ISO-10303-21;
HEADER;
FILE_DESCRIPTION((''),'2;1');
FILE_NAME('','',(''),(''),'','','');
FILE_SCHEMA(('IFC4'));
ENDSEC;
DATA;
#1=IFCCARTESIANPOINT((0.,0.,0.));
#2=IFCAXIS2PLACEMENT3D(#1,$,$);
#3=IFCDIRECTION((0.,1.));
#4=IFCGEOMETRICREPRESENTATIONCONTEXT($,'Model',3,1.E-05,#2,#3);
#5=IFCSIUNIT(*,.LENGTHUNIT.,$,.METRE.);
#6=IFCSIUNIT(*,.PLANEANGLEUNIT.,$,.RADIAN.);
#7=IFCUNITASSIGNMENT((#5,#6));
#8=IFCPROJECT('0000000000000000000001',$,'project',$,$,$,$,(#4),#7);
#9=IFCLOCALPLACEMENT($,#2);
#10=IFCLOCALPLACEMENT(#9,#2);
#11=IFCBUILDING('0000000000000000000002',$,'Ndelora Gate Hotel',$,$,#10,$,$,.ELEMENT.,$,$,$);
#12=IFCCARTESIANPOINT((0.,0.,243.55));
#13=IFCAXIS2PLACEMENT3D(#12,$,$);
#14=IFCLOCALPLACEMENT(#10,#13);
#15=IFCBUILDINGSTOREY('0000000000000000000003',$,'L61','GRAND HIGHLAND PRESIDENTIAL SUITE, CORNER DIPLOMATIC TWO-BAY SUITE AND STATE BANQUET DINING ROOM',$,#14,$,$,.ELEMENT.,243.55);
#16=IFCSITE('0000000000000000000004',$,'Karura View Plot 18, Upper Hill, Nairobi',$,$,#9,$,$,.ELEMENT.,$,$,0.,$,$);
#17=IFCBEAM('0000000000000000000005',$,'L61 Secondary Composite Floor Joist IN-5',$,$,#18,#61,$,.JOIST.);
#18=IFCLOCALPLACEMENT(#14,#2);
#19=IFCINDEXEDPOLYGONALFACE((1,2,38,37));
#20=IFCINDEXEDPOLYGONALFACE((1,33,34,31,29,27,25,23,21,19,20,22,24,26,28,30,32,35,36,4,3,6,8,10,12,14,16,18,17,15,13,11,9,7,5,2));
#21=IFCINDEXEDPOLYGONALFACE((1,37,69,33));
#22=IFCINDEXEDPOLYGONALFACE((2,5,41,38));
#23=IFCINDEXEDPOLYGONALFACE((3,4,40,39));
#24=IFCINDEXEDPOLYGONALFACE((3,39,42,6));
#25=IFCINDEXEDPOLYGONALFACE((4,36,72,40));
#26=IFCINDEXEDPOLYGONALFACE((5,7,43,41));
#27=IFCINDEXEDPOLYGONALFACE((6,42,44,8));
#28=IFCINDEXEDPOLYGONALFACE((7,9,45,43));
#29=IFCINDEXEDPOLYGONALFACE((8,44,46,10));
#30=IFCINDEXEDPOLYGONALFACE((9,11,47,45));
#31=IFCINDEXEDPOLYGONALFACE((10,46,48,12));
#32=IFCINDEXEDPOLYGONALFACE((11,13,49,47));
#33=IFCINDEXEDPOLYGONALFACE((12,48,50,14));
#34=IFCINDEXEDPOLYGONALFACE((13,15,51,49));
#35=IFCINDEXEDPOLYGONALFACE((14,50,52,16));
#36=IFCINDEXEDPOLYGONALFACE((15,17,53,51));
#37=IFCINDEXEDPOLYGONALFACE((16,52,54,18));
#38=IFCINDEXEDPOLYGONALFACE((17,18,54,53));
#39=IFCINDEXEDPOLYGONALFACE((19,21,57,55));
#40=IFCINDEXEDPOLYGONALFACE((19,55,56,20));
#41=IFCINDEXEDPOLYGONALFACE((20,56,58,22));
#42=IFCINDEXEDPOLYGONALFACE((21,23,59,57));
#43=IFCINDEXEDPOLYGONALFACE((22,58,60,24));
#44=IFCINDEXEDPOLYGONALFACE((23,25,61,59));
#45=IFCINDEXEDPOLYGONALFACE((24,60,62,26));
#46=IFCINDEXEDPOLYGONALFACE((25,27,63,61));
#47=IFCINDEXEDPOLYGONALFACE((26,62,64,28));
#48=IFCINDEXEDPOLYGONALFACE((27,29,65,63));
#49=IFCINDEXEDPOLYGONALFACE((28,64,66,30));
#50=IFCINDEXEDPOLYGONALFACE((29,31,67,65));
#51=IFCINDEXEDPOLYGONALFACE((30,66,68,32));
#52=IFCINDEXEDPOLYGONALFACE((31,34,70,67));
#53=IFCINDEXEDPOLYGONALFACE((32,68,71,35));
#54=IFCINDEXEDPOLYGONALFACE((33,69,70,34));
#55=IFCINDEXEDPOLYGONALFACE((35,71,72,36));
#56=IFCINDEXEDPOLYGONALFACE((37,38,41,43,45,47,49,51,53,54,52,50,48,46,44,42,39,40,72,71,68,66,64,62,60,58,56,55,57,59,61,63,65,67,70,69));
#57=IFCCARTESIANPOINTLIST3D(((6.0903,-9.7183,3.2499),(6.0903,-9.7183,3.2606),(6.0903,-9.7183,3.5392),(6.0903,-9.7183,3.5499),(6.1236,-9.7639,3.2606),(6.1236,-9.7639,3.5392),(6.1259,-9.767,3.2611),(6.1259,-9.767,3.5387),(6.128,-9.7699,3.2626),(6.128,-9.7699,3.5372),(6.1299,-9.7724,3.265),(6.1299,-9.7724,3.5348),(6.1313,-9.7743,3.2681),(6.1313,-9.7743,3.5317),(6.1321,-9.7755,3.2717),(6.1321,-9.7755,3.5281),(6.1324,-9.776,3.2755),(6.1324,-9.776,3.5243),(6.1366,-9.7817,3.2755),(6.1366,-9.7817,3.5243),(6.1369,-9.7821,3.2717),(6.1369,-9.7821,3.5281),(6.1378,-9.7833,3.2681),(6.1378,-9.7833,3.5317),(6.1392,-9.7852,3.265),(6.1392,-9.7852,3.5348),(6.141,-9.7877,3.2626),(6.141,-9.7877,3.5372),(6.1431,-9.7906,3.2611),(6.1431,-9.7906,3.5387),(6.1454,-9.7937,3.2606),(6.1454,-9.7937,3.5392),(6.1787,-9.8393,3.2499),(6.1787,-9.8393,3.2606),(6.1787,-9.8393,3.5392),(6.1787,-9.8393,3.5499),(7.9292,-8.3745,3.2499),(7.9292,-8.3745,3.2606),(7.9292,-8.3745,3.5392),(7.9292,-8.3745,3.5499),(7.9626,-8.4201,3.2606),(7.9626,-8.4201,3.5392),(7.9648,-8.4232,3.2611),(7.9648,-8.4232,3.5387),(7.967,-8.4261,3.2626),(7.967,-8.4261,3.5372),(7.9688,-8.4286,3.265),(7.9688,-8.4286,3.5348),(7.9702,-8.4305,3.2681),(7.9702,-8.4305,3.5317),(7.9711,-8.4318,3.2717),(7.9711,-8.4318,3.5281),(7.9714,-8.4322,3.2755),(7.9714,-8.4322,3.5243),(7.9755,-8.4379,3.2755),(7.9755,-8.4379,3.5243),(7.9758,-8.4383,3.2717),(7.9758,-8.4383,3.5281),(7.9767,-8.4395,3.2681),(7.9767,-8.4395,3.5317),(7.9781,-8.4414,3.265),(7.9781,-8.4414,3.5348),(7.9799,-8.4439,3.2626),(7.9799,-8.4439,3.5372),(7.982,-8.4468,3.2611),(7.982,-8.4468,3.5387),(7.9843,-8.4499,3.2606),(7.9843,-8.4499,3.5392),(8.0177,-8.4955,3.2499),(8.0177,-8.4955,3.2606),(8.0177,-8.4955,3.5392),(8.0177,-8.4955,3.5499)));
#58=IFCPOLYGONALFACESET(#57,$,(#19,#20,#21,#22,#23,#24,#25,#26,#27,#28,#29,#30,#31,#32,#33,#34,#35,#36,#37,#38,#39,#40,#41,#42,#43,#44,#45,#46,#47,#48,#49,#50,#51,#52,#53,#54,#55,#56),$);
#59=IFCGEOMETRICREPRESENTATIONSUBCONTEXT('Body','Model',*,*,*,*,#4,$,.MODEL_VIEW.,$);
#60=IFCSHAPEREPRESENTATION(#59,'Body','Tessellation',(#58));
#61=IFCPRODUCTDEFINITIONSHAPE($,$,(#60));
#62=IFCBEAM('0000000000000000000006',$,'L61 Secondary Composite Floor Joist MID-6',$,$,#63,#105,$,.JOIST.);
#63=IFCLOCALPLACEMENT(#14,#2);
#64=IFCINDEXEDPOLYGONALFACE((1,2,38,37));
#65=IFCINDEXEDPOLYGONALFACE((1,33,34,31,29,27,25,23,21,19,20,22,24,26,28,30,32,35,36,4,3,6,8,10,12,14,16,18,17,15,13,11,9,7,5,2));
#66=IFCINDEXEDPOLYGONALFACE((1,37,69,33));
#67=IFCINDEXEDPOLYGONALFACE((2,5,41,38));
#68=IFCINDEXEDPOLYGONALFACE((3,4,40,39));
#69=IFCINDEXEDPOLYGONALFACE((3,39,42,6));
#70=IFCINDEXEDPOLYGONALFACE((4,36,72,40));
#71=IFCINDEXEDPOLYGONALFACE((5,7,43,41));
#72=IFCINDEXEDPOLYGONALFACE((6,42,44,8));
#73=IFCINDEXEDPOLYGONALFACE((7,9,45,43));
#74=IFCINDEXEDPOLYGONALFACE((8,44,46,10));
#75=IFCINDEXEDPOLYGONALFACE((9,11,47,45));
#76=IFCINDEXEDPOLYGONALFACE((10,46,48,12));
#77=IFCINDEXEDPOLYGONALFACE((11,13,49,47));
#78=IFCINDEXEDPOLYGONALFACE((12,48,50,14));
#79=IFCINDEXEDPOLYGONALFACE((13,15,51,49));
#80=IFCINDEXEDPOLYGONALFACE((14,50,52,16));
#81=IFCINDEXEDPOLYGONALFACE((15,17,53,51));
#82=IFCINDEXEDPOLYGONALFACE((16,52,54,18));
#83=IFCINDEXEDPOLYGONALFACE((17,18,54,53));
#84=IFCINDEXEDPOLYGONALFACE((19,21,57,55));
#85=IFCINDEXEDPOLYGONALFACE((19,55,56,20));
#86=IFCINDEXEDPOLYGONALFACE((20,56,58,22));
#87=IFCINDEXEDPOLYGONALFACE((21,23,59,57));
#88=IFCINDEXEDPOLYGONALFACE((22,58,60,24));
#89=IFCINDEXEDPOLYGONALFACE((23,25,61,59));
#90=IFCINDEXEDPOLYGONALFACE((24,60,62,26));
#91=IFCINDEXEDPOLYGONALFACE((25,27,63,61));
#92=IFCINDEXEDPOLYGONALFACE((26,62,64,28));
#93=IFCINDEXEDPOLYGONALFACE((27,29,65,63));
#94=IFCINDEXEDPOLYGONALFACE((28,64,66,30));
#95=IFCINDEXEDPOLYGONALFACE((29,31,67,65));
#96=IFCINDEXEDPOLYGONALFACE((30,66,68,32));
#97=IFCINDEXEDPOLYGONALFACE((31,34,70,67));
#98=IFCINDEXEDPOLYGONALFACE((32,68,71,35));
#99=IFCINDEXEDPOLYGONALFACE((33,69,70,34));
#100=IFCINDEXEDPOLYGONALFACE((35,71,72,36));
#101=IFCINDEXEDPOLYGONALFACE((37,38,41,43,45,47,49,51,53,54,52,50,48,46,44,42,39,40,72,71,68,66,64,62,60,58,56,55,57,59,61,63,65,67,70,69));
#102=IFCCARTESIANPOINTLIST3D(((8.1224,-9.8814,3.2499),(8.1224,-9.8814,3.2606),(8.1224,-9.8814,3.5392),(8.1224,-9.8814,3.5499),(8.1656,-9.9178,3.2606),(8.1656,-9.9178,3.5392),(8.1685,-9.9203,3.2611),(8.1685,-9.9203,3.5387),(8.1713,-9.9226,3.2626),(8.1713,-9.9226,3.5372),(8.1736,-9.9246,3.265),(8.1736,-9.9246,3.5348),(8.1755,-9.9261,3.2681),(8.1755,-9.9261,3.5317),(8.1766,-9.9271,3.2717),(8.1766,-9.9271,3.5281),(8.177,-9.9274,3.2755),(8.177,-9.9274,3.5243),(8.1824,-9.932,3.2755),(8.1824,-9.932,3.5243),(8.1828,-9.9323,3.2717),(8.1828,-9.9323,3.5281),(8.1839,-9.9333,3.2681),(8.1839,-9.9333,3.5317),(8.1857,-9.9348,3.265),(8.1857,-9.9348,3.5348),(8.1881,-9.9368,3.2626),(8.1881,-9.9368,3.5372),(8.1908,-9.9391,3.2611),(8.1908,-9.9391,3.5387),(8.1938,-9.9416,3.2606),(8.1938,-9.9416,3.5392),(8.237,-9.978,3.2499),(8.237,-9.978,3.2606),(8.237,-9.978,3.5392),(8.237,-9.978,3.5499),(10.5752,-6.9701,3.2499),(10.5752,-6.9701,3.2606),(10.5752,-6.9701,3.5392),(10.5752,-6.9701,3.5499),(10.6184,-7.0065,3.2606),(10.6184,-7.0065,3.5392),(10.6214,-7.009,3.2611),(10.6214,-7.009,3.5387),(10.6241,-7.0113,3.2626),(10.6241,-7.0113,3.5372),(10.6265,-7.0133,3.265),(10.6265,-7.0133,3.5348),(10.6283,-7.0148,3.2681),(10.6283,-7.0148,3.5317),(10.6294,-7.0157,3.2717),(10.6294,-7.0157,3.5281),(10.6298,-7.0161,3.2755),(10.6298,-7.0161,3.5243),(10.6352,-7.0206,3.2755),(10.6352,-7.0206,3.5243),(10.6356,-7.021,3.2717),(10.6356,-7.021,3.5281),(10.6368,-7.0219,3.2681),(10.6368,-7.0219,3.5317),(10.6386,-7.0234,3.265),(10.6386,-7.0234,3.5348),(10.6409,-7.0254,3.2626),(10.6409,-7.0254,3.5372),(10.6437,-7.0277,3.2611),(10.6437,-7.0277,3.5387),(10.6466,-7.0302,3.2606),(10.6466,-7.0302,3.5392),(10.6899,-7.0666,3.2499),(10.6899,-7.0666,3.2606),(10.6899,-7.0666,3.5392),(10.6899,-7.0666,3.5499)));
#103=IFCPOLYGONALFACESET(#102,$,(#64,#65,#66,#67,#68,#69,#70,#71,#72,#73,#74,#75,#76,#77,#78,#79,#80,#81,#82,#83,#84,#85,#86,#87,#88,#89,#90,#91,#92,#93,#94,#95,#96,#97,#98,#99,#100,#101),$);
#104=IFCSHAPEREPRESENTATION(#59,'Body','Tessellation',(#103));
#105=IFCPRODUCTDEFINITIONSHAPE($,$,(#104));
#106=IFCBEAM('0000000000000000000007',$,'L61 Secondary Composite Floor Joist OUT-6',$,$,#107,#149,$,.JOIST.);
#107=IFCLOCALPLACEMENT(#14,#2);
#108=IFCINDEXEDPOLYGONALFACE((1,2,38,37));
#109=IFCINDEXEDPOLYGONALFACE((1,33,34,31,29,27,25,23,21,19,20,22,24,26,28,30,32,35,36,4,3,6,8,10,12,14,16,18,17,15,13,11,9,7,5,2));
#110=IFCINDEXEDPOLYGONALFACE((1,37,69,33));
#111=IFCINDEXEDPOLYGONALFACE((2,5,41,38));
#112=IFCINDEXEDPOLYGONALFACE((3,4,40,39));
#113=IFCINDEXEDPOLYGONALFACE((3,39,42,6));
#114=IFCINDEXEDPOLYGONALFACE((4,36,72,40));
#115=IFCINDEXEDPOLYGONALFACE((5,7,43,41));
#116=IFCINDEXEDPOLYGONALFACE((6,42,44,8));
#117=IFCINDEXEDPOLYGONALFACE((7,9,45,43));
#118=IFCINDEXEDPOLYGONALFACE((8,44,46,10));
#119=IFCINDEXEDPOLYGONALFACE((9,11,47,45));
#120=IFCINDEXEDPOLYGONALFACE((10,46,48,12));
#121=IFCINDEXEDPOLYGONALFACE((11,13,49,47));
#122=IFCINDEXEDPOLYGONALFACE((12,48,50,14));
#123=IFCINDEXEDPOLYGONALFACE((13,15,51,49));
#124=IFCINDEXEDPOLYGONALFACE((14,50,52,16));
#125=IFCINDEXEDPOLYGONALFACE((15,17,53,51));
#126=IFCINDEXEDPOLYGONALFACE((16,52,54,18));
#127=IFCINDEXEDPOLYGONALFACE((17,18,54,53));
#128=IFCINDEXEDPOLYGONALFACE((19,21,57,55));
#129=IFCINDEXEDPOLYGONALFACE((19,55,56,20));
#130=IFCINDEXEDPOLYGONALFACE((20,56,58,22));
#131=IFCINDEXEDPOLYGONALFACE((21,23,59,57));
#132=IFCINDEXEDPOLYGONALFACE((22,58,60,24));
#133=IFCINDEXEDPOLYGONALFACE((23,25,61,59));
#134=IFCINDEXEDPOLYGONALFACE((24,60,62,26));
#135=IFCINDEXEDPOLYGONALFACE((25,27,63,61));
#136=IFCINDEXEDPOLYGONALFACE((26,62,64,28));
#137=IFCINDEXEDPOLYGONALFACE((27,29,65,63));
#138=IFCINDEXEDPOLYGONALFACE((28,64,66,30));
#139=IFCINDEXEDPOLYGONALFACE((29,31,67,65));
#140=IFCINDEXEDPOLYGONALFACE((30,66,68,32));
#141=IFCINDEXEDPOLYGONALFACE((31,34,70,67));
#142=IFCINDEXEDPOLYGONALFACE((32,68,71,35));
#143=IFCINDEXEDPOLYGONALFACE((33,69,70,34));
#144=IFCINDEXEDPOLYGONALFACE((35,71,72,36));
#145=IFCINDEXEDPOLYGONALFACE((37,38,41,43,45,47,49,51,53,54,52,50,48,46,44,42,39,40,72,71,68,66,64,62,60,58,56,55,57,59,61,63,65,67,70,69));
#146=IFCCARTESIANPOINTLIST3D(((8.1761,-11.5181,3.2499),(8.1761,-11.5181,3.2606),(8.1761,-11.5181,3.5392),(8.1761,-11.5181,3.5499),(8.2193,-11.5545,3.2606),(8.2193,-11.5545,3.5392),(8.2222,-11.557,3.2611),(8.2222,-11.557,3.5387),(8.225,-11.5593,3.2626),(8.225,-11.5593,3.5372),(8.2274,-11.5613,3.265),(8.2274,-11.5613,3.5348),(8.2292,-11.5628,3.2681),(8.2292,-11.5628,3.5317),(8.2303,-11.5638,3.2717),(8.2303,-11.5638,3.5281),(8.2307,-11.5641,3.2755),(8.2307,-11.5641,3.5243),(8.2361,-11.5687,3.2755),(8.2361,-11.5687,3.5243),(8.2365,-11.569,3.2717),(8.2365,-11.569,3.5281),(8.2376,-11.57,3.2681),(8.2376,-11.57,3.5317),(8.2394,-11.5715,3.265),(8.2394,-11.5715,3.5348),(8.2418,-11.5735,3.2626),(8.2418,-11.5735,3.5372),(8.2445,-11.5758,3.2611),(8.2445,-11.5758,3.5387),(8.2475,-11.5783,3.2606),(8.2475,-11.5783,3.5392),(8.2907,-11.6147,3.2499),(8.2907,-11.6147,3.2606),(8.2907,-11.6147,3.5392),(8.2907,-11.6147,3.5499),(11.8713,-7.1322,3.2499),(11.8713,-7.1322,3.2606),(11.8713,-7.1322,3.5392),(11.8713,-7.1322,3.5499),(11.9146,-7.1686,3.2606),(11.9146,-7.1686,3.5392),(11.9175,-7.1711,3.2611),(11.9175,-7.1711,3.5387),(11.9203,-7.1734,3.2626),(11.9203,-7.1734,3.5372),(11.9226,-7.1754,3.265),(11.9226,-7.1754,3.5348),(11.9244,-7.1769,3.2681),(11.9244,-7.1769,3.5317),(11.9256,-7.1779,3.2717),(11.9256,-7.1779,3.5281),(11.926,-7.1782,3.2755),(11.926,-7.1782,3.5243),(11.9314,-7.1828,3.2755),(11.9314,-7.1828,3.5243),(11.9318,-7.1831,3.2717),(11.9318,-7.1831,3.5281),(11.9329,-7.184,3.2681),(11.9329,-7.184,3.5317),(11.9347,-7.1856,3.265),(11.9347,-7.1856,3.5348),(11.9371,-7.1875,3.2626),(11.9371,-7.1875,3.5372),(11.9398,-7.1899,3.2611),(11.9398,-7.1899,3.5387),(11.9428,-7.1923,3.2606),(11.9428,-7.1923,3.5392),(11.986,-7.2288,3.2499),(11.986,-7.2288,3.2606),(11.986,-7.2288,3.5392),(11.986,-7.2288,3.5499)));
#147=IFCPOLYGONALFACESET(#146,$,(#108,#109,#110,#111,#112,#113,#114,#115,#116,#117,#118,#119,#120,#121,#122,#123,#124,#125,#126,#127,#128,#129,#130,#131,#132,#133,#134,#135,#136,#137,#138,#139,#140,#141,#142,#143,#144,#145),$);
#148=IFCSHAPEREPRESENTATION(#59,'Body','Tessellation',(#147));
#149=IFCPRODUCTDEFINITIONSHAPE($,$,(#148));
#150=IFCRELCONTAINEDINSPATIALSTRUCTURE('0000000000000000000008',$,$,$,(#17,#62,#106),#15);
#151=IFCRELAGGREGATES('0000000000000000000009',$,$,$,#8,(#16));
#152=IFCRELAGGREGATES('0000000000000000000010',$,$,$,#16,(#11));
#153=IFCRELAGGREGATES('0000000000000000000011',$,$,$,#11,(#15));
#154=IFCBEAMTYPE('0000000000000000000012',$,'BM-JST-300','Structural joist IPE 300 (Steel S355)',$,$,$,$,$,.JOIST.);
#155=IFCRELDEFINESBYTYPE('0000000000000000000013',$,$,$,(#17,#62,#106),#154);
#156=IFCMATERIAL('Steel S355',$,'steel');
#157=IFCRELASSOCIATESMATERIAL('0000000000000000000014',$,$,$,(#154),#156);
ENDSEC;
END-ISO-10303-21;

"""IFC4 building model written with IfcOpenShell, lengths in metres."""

from ifc_helpers import new_model, si_unit, direction, frame, origin, origin_2d, place, context, subcontext, project, spatial, i_section, extrude, material, material_profile, profile_set, type_object, element, save


model = new_model("IFC4")

# Units and contexts
model_context = context("Model", 3, precision=1e-05, world=origin(), true_north=direction((0.0, 1.0)))
body_context = subcontext(model_context, "Body", "Model", "MODEL_VIEW")
ifc_project = project(units=[si_unit("LENGTHUNIT", "METRE"), si_unit("PLANEANGLEUNIT", "RADIAN")], contexts=[model_context])

# Site, building, storey
site_placement = place(None, origin())
site = spatial("IfcSite", under=ifc_project, at=site_placement, Name="Karura View Plot 18, Upper Hill, Nairobi", CompositionType="ELEMENT", RefElevation=0.0)
building_placement = place(site_placement, origin())
building = spatial("IfcBuilding", under=site, at=building_placement, Name="Ndelora Gate Hotel", CompositionType="ELEMENT")
storey_placement = place(building_placement, frame((0.0, 0.0, 243.55)))
storey = spatial("IfcBuildingStorey", under=building, at=storey_placement, Name="L61", Description="GRAND HIGHLAND PRESIDENTIAL SUITE, CORNER DIPLOMATIC TWO-BAY SUITE AND STATE BANQUET DINING ROOM", CompositionType="ELEMENT", Elevation=243.55)

# Beams
ifc_material_1 = material(Name="Steel S355", Category="steel")
ifc_material_profile_1 = material_profile(ifc_material_1, i_section(OverallWidth=0.1499, OverallDepth=0.3, WebThickness=0.0071, FlangeThickness=0.0107, FilletRadius=0.0149, at=origin_2d()), Name="IPE 300")
ifc_profile_set_1 = profile_set([ifc_material_profile_1], Name="Steel S355")
beam_type = type_object("IfcBeamType", Name="BM-JST-300", Description="Structural joist IPE 300 (Steel S355)", PredefinedType="JOIST", material=ifc_profile_set_1)
beam_1_placement = place(storey_placement, frame((6.1345, -9.7788, 3.3999), z_axis=(0.807399, 0.590006, 0.0), x_axis=(-0.590006, 0.807399, 0.0)))
element("IfcBeam", 1, at=beam_1_placement, inside=storey, type_object=beam_type, Name="L61 Secondary Composite Floor Joist IN-5", PredefinedType="JOIST", context=body_context, shape_type="SweptSolid", body=[
    extrude(i_section(OverallWidth=0.1499, OverallDepth=0.3, WebThickness=0.0071, FlangeThickness=0.0107, FilletRadius=0.0149, at=origin_2d()), origin(), (0.0, 0.0, 1.0), 2.2776),
])
beam_2_placement = place(storey_placement, frame((8.1797, -9.9297, 3.3999), z_axis=(0.644319, 0.764757, 0.0), x_axis=(-0.764757, 0.644319, 0.0)))
element("IfcBeam", 2, at=beam_2_placement, inside=storey, type_object=beam_type, Name="L61 Secondary Composite Floor Joist MID-6", PredefinedType="JOIST", context=body_context, shape_type="SweptSolid", body=[
    extrude(i_section(OverallWidth=0.1499, OverallDepth=0.3, WebThickness=0.0071, FlangeThickness=0.0107, FilletRadius=0.0149, at=origin_2d()), origin(), (0.0, 0.0, 1.0), 3.8069),
])
beam_3_placement = place(storey_placement, frame((8.2334, -11.5664, 3.3999), z_axis=(0.644324, 0.764752, 0.0), x_axis=(-0.764752, 0.644324, 0.0)))
element("IfcBeam", 3, at=beam_3_placement, inside=storey, type_object=beam_type, Name="L61 Secondary Composite Floor Joist OUT-6", PredefinedType="JOIST", context=body_context, shape_type="SweptSolid", body=[
    extrude(i_section(OverallWidth=0.1499, OverallDepth=0.3, WebThickness=0.0071, FlangeThickness=0.0107, FilletRadius=0.0149, at=origin_2d()), origin(), (0.0, 0.0, 1.0), 5.7351),
])

save(model, "model.ifc")
